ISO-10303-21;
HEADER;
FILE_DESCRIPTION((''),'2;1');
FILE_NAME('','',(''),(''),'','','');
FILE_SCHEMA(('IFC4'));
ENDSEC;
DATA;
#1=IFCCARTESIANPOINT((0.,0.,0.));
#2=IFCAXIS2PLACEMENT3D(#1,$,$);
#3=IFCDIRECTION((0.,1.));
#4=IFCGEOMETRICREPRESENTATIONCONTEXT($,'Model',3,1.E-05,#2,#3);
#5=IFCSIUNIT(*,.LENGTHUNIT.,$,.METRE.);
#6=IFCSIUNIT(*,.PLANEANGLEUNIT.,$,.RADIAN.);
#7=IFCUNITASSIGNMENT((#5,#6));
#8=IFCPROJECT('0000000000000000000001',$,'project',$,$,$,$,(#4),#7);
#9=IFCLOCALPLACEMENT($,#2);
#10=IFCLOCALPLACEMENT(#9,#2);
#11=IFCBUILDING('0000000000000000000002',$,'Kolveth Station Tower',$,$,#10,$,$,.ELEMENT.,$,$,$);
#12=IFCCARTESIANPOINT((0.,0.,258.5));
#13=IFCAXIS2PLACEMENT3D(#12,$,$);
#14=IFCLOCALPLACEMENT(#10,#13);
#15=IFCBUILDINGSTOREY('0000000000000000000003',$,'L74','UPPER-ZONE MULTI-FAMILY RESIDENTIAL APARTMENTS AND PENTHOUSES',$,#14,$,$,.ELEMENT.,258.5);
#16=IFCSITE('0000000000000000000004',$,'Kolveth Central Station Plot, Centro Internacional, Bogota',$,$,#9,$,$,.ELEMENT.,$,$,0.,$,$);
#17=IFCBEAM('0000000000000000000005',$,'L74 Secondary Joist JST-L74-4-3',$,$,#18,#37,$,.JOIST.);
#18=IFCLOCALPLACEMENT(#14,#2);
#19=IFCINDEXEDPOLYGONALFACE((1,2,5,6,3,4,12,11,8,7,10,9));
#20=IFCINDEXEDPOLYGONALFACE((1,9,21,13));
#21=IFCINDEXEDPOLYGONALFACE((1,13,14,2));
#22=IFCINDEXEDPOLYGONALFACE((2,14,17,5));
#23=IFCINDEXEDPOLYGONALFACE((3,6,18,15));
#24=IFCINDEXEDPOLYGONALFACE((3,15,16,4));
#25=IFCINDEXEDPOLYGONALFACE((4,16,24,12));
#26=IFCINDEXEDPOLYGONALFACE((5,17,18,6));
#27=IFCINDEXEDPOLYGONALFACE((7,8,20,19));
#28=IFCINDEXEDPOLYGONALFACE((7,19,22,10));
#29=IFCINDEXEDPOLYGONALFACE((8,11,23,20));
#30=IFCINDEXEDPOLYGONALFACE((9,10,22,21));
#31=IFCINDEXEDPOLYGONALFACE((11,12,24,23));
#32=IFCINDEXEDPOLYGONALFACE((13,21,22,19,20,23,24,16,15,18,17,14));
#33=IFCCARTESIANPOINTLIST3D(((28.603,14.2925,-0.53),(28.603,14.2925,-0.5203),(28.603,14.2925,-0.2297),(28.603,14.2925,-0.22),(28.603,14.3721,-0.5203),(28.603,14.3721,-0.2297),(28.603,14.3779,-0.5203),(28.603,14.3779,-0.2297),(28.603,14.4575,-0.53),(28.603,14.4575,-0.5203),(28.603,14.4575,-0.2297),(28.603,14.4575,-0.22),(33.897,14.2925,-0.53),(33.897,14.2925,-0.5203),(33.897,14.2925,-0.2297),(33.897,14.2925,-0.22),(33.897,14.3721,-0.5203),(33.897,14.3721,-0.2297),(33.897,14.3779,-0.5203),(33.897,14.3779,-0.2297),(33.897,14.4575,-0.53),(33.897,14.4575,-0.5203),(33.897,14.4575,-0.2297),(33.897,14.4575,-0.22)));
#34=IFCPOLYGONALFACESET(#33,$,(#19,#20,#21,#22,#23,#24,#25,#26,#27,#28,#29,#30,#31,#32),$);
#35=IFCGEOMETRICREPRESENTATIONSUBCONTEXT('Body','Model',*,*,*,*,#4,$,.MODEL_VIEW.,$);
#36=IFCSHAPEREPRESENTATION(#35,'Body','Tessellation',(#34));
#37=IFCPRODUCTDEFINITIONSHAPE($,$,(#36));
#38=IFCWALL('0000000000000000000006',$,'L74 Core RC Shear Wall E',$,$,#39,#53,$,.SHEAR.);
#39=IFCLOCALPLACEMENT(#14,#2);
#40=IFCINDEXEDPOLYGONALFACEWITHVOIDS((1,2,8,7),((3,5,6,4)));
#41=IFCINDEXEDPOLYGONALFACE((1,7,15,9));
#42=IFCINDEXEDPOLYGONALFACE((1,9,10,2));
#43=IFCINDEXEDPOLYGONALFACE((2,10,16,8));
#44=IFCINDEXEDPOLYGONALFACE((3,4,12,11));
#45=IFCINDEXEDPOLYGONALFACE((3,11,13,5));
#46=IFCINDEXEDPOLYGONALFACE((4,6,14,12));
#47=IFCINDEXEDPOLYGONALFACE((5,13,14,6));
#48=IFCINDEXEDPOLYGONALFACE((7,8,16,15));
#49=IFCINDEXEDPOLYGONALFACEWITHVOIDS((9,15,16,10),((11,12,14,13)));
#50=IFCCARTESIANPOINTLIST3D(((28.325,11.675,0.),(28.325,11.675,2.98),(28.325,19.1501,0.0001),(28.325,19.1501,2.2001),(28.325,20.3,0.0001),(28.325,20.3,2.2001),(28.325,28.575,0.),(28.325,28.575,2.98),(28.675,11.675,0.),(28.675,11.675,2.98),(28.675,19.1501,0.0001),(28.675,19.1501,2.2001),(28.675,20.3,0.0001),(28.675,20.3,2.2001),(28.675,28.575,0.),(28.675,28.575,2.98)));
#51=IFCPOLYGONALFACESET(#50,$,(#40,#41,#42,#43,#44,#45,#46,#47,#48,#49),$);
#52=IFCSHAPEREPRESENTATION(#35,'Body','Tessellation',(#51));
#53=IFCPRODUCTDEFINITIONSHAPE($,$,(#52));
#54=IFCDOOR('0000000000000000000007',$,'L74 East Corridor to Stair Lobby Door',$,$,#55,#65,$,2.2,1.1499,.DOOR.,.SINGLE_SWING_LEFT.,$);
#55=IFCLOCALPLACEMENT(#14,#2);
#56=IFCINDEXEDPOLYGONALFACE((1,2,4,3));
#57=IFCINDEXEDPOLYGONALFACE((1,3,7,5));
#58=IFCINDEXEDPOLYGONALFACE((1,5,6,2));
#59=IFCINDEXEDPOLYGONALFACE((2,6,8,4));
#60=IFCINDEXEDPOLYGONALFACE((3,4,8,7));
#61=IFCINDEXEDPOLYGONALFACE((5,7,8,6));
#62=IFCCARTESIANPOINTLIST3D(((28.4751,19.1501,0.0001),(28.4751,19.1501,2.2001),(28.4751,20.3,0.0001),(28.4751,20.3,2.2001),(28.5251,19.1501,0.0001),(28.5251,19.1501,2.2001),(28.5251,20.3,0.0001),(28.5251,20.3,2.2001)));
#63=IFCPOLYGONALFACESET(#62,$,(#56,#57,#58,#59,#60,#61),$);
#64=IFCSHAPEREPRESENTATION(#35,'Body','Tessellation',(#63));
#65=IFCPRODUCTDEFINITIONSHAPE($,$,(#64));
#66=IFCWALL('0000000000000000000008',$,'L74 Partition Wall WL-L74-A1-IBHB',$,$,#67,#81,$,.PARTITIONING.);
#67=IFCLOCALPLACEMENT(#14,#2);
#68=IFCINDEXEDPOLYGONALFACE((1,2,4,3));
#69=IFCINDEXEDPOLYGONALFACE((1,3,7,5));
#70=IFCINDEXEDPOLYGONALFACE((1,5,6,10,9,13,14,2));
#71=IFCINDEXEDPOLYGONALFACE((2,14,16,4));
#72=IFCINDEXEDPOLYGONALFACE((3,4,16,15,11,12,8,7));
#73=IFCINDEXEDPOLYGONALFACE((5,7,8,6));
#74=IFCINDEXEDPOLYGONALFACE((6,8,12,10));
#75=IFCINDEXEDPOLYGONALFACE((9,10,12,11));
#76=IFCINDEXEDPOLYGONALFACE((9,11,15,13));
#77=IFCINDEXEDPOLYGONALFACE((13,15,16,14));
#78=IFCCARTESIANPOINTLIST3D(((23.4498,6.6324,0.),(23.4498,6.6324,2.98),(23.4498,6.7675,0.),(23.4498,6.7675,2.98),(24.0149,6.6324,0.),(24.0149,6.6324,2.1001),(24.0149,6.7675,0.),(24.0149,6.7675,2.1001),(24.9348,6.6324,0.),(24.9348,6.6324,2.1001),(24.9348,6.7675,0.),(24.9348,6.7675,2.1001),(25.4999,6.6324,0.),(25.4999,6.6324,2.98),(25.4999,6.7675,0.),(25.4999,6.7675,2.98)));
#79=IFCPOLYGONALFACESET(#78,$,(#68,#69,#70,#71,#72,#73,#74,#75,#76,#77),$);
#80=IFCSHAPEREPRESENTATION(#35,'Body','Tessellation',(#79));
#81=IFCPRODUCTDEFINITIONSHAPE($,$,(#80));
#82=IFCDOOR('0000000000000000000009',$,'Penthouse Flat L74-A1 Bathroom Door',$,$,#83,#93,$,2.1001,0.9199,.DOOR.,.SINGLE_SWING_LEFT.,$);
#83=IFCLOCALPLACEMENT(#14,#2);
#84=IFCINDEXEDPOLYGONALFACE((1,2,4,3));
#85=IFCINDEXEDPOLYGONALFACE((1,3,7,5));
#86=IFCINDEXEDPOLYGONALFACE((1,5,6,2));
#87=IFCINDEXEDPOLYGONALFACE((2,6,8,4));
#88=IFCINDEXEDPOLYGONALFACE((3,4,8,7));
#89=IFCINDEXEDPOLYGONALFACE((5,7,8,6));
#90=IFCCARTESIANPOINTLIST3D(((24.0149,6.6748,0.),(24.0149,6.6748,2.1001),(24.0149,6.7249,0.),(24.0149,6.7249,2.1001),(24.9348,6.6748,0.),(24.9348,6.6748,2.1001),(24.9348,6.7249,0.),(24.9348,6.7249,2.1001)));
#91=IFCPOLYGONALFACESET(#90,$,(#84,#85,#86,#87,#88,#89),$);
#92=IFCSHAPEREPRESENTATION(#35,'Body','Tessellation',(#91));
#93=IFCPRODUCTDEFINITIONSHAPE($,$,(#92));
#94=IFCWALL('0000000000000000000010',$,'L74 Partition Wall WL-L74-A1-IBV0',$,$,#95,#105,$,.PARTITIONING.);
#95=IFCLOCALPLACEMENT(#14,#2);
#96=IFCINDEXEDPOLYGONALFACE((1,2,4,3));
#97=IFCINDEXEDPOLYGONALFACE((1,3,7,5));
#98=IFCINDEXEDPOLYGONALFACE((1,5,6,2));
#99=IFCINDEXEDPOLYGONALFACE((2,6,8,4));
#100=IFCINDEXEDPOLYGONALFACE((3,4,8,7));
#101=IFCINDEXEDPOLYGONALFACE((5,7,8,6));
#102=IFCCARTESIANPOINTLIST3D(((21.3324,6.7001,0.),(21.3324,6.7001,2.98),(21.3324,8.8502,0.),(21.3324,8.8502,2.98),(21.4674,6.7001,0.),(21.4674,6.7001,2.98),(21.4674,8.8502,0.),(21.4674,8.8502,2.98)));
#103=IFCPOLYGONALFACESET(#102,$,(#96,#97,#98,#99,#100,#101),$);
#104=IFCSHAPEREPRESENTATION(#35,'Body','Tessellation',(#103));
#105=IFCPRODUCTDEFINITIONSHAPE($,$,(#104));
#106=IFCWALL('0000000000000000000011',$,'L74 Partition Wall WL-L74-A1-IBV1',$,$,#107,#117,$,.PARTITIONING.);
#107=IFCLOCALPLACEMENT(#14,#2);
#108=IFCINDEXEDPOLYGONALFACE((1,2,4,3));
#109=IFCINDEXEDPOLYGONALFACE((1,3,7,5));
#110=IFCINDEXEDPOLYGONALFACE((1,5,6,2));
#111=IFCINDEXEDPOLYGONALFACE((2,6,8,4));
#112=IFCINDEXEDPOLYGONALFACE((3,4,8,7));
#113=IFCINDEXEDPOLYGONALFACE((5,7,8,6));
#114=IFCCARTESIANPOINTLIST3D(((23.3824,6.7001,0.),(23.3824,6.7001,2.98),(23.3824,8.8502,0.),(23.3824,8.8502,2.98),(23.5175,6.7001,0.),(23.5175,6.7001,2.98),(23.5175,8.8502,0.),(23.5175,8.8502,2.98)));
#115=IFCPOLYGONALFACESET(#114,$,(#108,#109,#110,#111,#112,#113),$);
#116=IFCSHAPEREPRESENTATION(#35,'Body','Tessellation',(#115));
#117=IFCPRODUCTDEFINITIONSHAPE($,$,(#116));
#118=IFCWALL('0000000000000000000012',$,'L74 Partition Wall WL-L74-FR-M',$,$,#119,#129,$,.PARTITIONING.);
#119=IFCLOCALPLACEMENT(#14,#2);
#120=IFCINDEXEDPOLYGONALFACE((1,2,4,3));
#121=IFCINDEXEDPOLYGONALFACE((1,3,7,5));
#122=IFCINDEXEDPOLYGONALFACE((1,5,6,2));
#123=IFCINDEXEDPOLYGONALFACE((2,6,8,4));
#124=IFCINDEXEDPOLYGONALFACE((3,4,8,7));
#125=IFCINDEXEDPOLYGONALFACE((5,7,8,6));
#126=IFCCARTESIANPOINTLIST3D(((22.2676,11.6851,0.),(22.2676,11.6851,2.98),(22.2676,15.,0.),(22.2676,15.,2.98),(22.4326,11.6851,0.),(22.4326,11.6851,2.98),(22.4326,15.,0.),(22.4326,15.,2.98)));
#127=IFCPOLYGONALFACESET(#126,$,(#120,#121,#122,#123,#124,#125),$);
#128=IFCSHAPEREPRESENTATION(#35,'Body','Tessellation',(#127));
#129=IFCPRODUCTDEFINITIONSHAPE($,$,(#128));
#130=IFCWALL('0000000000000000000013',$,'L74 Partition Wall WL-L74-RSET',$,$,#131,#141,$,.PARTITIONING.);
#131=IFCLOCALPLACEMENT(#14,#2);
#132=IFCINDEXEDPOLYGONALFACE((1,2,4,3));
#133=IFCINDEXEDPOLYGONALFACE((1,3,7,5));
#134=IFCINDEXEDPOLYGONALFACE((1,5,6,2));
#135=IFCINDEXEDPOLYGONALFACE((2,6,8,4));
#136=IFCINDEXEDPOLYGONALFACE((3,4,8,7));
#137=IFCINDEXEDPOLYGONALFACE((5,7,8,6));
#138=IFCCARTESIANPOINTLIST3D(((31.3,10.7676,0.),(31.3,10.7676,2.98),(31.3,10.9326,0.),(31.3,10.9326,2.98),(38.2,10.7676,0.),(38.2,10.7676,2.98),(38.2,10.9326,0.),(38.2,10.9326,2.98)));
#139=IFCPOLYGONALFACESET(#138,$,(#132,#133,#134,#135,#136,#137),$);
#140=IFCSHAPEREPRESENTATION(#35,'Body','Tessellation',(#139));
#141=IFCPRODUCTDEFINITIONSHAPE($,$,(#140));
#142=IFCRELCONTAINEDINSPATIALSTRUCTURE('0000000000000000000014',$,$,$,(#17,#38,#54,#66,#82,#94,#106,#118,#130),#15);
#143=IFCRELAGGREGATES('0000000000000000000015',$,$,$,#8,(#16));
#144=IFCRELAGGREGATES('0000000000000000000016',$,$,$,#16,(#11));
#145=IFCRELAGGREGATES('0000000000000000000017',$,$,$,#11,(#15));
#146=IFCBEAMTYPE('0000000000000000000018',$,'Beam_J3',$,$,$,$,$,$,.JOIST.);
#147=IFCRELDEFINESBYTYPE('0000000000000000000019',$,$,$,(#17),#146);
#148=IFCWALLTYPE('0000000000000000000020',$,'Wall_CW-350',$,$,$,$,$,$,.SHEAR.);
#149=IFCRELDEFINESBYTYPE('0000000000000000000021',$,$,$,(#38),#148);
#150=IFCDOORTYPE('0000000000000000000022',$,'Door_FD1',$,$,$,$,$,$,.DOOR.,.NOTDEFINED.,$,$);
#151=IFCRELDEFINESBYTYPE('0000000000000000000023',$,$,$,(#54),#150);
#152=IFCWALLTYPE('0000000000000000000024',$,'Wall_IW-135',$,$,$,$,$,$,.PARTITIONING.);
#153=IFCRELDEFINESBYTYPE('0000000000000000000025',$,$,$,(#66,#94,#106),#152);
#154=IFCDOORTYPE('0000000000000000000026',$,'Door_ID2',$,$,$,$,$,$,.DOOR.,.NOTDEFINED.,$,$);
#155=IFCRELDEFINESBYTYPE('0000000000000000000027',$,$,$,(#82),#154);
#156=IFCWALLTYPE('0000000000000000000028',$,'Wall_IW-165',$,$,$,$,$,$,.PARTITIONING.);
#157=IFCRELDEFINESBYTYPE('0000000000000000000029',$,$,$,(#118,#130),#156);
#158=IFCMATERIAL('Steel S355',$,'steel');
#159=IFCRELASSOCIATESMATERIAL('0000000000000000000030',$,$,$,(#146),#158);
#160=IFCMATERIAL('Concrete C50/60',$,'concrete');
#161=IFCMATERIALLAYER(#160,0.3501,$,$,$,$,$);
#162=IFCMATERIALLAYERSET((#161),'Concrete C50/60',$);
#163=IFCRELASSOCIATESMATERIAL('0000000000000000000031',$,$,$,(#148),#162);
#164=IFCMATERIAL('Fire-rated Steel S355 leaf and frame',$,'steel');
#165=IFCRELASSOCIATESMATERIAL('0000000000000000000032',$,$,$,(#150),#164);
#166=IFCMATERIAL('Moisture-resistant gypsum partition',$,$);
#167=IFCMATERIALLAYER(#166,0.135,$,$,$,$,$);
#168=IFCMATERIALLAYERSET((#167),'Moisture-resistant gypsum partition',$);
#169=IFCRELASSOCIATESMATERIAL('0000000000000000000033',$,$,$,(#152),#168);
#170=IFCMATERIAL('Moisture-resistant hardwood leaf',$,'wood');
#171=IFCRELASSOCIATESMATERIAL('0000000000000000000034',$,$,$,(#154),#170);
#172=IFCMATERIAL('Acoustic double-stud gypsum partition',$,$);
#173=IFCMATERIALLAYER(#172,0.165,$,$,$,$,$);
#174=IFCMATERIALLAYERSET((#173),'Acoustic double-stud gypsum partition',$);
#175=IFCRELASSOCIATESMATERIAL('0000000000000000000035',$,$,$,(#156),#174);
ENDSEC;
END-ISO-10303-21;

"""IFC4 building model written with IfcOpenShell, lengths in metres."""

from ifc_helpers import new_model, si_unit, direction, frame, frame_2d, origin, origin_2d, place, context, subcontext, project, spatial, rectangle, i_section, extrude, source, transform, mapped, material, layer, layer_set, material_profile, profile_set, type_object, element, fill, save


model = new_model("IFC4")

# Units and contexts
model_context = context("Model", 3, precision=1e-05, world=origin(), true_north=direction((0.0, 1.0)))
body_context = subcontext(model_context, "Body", "Model", "MODEL_VIEW")
ifc_project = project(units=[si_unit("LENGTHUNIT", "METRE"), si_unit("PLANEANGLEUNIT", "RADIAN")], contexts=[model_context])

# Site, building, storey
site_placement = place(None, origin())
site = spatial("IfcSite", under=ifc_project, at=site_placement, Name="Kolveth Central Station Plot, Centro Internacional, Bogota", CompositionType="ELEMENT", RefElevation=0.0)
building_placement = place(site_placement, origin())
building = spatial("IfcBuilding", under=site, at=building_placement, Name="Kolveth Station Tower", CompositionType="ELEMENT")
storey_placement = place(building_placement, frame((0.0, 0.0, 258.5)))
storey = spatial("IfcBuildingStorey", under=building, at=storey_placement, Name="L74", Description="UPPER-ZONE MULTI-FAMILY RESIDENTIAL APARTMENTS AND PENTHOUSES", CompositionType="ELEMENT", Elevation=258.5)

# Shared definitions
ifc_material_1 = material(Name="Steel S355", Category="steel")

# Beam
ifc_material_profile_1 = material_profile(ifc_material_1, i_section(OverallWidth=0.165, OverallDepth=0.3101, WebThickness=0.0059, FlangeThickness=0.0098, at=origin_2d()), Name="W310x39")
ifc_profile_set_1 = profile_set([ifc_material_profile_1], Name="Steel S355")
beam_type_1 = type_object("IfcBeamType", Name="Beam_J3", PredefinedType="JOIST", material=ifc_profile_set_1)
shared_shape_1 = source(origin(), body_context, "Body", "SweptSolid", [
    extrude(i_section(OverallWidth=0.165, OverallDepth=0.3101, WebThickness=0.0059, FlangeThickness=0.0098, at=origin_2d()), origin(), (0.0, 0.0, 1.0), 5.2939),
])
for number, where, z_axis, x_axis, name in (
    (1, (28.603, 14.375, -0.375), (1.0, 0.0, 0.0), (0.0, 1.0, 0.0), "L74 Secondary Joist JST-L74-4-3"),
):
    element("IfcBeam", number, at=place(storey_placement, frame(where, z_axis=z_axis, x_axis=x_axis)), inside=storey, type_object=beam_type_1, Name=name, PredefinedType="JOIST", context=body_context, shape_type="MappedRepresentation", body=[
        mapped(shared_shape_1, transform((0.0, 0.0, 0.0), x_axis=(1.0, 0.0, 0.0), y_axis=(0.0, 1.0, 0.0), z_axis=(0.0, 0.0, 1.0), scale=1.0)),
    ])

# Walls, openings, doors
ifc_material_2 = material(Name="Concrete C50/60", Category="concrete")
ifc_layer_1 = layer(ifc_material_2, 0.3501)
ifc_layer_set_1 = layer_set([ifc_layer_1], Name="Concrete C50/60")
wall_type_1 = type_object("IfcWallType", Name="Wall_CW-350", PredefinedType="SHEAR", material=ifc_layer_set_1)
wall_1_placement = place(storey_placement, frame((28.5, 11.675, 0.0), z_axis=(0.0, 0.0, 1.0), x_axis=(0.0, 1.0, 0.0)))
wall_1 = element("IfcWall", 2, at=wall_1_placement, inside=storey, type_object=wall_type_1, Name="L74 Core RC Shear Wall E", PredefinedType="SHEAR", context=body_context, shape_type="SweptSolid", body=[
    extrude(rectangle(XDim=16.8999, YDim=0.3501, at=frame_2d((8.45, 0.0))), origin(), (0.0, 0.0, 1.0), 2.98),
])
opening_1_placement = place(wall_1_placement, frame((7.4751, 0.0, 0.0)))
opening_1 = element("IfcOpeningElement", 3, at=opening_1_placement, cuts=wall_1, PredefinedType="OPENING", context=body_context, shape_type="SweptSolid", body=[
    extrude(rectangle(XDim=1.1499, YDim=2.2, at=frame_2d((0.575, 1.1001))), frame((0.0, 0.1851, 0.0), z_axis=(0.0, -1.0, 0.0), x_axis=(1.0, 0.0, 0.0)), (0.0, 0.0, 1.0), 0.3701),
])
ifc_material_3 = material(Name="Fire-rated Steel S355 leaf and frame", Category="steel")
door_type_1 = type_object("IfcDoorType", Name="Door_FD1", OperationType="NOTDEFINED", PredefinedType="DOOR", material=ifc_material_3)
door_1_placement = place(opening_1_placement, origin())
door_1 = element("IfcDoor", 4, at=door_1_placement, inside=storey, type_object=door_type_1, Name="L74 East Corridor to Stair Lobby Door", OperationType="SINGLE_SWING_LEFT", OverallHeight=2.2, OverallWidth=1.1499, PredefinedType="DOOR", context=body_context, shape_type="SweptSolid", body=[
    extrude(rectangle(XDim=1.1499, YDim=2.2, at=frame_2d((0.575, 1.1001))), frame((0.0, 0.0249, 0.0), z_axis=(0.0, -1.0, 0.0), x_axis=(1.0, 0.0, 0.0)), (0.0, 0.0, 1.0), 0.05),
])
fill(opening_1, door_1)
ifc_material_4 = material(Name="Moisture-resistant gypsum partition")
ifc_layer_2 = layer(ifc_material_4, 0.135)
ifc_layer_set_2 = layer_set([ifc_layer_2], Name="Moisture-resistant gypsum partition")
wall_type_2 = type_object("IfcWallType", Name="Wall_IW-135", PredefinedType="PARTITIONING", material=ifc_layer_set_2)
wall_2_placement = place(storey_placement, frame((23.45, 6.7, 0.0), z_axis=(0.0, 0.0, 1.0), x_axis=(1.0, 0.0, 0.0)))
wall_2 = element("IfcWall", 5, at=wall_2_placement, inside=storey, type_object=wall_type_2, Name="L74 Partition Wall WL-L74-A1-IBHB", PredefinedType="PARTITIONING", context=body_context, shape_type="SweptSolid", body=[
    extrude(rectangle(XDim=2.05, YDim=0.135, at=frame_2d((1.0249, 0.0))), origin(), (0.0, 0.0, 1.0), 2.98),
])
opening_2_placement = place(wall_2_placement, frame((0.5649, 0.0, 0.0)))
opening_2 = element("IfcOpeningElement", 6, at=opening_2_placement, cuts=wall_2, PredefinedType="OPENING", context=body_context, shape_type="SweptSolid", body=[
    extrude(rectangle(XDim=0.9199, YDim=2.1001, at=frame_2d((0.46, 1.05))), frame((0.0, 0.0774, 0.0), z_axis=(0.0, -1.0, 0.0), x_axis=(1.0, 0.0, 0.0)), (0.0, 0.0, 1.0), 0.155),
])
ifc_material_5 = material(Name="Moisture-resistant hardwood leaf", Category="wood")
door_type_2 = type_object("IfcDoorType", Name="Door_ID2", OperationType="NOTDEFINED", PredefinedType="DOOR", material=ifc_material_5)
door_2_placement = place(opening_2_placement, origin())
door_2 = element("IfcDoor", 7, at=door_2_placement, inside=storey, type_object=door_type_2, Name="Penthouse Flat L74-A1 Bathroom Door", OperationType="SINGLE_SWING_LEFT", OverallHeight=2.1001, OverallWidth=0.9199, PredefinedType="DOOR", context=body_context, shape_type="SweptSolid", body=[
    extrude(rectangle(XDim=0.9199, YDim=2.1001, at=frame_2d((0.46, 1.05))), frame((0.0, 0.0249, 0.0), z_axis=(0.0, -1.0, 0.0), x_axis=(1.0, 0.0, 0.0)), (0.0, 0.0, 1.0), 0.05),
])
fill(opening_2, door_2)

# Walls
for number, where, z_axis, x_axis, name in (
    (8, (21.3999, 6.7, 0.0), (0.0, 0.0, 1.0), (0.0, 1.0, 0.0), "L74 Partition Wall WL-L74-A1-IBV0"),
    (9, (23.45, 6.7, 0.0), (0.0, 0.0, 1.0), (0.0, 1.0, 0.0), "L74 Partition Wall WL-L74-A1-IBV1"),
):
    element("IfcWall", number, at=place(storey_placement, frame(where, z_axis=z_axis, x_axis=x_axis)), inside=storey, type_object=wall_type_2, Name=name, PredefinedType="PARTITIONING", context=body_context, shape_type="SweptSolid", body=[
        extrude(rectangle(XDim=2.1501, YDim=0.135, at=frame_2d((1.0752, 0.0))), origin(), (0.0, 0.0, 1.0), 2.98),
    ])
ifc_material_6 = material(Name="Acoustic double-stud gypsum partition")
ifc_layer_3 = layer(ifc_material_6, 0.165)
ifc_layer_set_3 = layer_set([ifc_layer_3], Name="Acoustic double-stud gypsum partition")
wall_type_3 = type_object("IfcWallType", Name="Wall_IW-165", PredefinedType="PARTITIONING", material=ifc_layer_set_3)
wall_3_placement = place(storey_placement, frame((22.3501, 11.6851, 0.0), z_axis=(0.0, 0.0, 1.0), x_axis=(0.0, 1.0, 0.0)))
element("IfcWall", 10, at=wall_3_placement, inside=storey, type_object=wall_type_3, Name="L74 Partition Wall WL-L74-FR-M", PredefinedType="PARTITIONING", context=body_context, shape_type="SweptSolid", body=[
    extrude(rectangle(XDim=3.3149, YDim=0.165, at=frame_2d((1.6575, 0.0))), origin(), (0.0, 0.0, 1.0), 2.98),
])
wall_4_placement = place(storey_placement, frame((31.3, 10.8501, 0.0), z_axis=(0.0, 0.0, 1.0), x_axis=(1.0, 0.0, 0.0)))
element("IfcWall", 11, at=wall_4_placement, inside=storey, type_object=wall_type_3, Name="L74 Partition Wall WL-L74-RSET", PredefinedType="PARTITIONING", context=body_context, shape_type="SweptSolid", body=[
    extrude(rectangle(XDim=6.8999, YDim=0.165, at=frame_2d((3.45, 0.0))), origin(), (0.0, 0.0, 1.0), 2.98),
])

save(model, "model.ifc")
